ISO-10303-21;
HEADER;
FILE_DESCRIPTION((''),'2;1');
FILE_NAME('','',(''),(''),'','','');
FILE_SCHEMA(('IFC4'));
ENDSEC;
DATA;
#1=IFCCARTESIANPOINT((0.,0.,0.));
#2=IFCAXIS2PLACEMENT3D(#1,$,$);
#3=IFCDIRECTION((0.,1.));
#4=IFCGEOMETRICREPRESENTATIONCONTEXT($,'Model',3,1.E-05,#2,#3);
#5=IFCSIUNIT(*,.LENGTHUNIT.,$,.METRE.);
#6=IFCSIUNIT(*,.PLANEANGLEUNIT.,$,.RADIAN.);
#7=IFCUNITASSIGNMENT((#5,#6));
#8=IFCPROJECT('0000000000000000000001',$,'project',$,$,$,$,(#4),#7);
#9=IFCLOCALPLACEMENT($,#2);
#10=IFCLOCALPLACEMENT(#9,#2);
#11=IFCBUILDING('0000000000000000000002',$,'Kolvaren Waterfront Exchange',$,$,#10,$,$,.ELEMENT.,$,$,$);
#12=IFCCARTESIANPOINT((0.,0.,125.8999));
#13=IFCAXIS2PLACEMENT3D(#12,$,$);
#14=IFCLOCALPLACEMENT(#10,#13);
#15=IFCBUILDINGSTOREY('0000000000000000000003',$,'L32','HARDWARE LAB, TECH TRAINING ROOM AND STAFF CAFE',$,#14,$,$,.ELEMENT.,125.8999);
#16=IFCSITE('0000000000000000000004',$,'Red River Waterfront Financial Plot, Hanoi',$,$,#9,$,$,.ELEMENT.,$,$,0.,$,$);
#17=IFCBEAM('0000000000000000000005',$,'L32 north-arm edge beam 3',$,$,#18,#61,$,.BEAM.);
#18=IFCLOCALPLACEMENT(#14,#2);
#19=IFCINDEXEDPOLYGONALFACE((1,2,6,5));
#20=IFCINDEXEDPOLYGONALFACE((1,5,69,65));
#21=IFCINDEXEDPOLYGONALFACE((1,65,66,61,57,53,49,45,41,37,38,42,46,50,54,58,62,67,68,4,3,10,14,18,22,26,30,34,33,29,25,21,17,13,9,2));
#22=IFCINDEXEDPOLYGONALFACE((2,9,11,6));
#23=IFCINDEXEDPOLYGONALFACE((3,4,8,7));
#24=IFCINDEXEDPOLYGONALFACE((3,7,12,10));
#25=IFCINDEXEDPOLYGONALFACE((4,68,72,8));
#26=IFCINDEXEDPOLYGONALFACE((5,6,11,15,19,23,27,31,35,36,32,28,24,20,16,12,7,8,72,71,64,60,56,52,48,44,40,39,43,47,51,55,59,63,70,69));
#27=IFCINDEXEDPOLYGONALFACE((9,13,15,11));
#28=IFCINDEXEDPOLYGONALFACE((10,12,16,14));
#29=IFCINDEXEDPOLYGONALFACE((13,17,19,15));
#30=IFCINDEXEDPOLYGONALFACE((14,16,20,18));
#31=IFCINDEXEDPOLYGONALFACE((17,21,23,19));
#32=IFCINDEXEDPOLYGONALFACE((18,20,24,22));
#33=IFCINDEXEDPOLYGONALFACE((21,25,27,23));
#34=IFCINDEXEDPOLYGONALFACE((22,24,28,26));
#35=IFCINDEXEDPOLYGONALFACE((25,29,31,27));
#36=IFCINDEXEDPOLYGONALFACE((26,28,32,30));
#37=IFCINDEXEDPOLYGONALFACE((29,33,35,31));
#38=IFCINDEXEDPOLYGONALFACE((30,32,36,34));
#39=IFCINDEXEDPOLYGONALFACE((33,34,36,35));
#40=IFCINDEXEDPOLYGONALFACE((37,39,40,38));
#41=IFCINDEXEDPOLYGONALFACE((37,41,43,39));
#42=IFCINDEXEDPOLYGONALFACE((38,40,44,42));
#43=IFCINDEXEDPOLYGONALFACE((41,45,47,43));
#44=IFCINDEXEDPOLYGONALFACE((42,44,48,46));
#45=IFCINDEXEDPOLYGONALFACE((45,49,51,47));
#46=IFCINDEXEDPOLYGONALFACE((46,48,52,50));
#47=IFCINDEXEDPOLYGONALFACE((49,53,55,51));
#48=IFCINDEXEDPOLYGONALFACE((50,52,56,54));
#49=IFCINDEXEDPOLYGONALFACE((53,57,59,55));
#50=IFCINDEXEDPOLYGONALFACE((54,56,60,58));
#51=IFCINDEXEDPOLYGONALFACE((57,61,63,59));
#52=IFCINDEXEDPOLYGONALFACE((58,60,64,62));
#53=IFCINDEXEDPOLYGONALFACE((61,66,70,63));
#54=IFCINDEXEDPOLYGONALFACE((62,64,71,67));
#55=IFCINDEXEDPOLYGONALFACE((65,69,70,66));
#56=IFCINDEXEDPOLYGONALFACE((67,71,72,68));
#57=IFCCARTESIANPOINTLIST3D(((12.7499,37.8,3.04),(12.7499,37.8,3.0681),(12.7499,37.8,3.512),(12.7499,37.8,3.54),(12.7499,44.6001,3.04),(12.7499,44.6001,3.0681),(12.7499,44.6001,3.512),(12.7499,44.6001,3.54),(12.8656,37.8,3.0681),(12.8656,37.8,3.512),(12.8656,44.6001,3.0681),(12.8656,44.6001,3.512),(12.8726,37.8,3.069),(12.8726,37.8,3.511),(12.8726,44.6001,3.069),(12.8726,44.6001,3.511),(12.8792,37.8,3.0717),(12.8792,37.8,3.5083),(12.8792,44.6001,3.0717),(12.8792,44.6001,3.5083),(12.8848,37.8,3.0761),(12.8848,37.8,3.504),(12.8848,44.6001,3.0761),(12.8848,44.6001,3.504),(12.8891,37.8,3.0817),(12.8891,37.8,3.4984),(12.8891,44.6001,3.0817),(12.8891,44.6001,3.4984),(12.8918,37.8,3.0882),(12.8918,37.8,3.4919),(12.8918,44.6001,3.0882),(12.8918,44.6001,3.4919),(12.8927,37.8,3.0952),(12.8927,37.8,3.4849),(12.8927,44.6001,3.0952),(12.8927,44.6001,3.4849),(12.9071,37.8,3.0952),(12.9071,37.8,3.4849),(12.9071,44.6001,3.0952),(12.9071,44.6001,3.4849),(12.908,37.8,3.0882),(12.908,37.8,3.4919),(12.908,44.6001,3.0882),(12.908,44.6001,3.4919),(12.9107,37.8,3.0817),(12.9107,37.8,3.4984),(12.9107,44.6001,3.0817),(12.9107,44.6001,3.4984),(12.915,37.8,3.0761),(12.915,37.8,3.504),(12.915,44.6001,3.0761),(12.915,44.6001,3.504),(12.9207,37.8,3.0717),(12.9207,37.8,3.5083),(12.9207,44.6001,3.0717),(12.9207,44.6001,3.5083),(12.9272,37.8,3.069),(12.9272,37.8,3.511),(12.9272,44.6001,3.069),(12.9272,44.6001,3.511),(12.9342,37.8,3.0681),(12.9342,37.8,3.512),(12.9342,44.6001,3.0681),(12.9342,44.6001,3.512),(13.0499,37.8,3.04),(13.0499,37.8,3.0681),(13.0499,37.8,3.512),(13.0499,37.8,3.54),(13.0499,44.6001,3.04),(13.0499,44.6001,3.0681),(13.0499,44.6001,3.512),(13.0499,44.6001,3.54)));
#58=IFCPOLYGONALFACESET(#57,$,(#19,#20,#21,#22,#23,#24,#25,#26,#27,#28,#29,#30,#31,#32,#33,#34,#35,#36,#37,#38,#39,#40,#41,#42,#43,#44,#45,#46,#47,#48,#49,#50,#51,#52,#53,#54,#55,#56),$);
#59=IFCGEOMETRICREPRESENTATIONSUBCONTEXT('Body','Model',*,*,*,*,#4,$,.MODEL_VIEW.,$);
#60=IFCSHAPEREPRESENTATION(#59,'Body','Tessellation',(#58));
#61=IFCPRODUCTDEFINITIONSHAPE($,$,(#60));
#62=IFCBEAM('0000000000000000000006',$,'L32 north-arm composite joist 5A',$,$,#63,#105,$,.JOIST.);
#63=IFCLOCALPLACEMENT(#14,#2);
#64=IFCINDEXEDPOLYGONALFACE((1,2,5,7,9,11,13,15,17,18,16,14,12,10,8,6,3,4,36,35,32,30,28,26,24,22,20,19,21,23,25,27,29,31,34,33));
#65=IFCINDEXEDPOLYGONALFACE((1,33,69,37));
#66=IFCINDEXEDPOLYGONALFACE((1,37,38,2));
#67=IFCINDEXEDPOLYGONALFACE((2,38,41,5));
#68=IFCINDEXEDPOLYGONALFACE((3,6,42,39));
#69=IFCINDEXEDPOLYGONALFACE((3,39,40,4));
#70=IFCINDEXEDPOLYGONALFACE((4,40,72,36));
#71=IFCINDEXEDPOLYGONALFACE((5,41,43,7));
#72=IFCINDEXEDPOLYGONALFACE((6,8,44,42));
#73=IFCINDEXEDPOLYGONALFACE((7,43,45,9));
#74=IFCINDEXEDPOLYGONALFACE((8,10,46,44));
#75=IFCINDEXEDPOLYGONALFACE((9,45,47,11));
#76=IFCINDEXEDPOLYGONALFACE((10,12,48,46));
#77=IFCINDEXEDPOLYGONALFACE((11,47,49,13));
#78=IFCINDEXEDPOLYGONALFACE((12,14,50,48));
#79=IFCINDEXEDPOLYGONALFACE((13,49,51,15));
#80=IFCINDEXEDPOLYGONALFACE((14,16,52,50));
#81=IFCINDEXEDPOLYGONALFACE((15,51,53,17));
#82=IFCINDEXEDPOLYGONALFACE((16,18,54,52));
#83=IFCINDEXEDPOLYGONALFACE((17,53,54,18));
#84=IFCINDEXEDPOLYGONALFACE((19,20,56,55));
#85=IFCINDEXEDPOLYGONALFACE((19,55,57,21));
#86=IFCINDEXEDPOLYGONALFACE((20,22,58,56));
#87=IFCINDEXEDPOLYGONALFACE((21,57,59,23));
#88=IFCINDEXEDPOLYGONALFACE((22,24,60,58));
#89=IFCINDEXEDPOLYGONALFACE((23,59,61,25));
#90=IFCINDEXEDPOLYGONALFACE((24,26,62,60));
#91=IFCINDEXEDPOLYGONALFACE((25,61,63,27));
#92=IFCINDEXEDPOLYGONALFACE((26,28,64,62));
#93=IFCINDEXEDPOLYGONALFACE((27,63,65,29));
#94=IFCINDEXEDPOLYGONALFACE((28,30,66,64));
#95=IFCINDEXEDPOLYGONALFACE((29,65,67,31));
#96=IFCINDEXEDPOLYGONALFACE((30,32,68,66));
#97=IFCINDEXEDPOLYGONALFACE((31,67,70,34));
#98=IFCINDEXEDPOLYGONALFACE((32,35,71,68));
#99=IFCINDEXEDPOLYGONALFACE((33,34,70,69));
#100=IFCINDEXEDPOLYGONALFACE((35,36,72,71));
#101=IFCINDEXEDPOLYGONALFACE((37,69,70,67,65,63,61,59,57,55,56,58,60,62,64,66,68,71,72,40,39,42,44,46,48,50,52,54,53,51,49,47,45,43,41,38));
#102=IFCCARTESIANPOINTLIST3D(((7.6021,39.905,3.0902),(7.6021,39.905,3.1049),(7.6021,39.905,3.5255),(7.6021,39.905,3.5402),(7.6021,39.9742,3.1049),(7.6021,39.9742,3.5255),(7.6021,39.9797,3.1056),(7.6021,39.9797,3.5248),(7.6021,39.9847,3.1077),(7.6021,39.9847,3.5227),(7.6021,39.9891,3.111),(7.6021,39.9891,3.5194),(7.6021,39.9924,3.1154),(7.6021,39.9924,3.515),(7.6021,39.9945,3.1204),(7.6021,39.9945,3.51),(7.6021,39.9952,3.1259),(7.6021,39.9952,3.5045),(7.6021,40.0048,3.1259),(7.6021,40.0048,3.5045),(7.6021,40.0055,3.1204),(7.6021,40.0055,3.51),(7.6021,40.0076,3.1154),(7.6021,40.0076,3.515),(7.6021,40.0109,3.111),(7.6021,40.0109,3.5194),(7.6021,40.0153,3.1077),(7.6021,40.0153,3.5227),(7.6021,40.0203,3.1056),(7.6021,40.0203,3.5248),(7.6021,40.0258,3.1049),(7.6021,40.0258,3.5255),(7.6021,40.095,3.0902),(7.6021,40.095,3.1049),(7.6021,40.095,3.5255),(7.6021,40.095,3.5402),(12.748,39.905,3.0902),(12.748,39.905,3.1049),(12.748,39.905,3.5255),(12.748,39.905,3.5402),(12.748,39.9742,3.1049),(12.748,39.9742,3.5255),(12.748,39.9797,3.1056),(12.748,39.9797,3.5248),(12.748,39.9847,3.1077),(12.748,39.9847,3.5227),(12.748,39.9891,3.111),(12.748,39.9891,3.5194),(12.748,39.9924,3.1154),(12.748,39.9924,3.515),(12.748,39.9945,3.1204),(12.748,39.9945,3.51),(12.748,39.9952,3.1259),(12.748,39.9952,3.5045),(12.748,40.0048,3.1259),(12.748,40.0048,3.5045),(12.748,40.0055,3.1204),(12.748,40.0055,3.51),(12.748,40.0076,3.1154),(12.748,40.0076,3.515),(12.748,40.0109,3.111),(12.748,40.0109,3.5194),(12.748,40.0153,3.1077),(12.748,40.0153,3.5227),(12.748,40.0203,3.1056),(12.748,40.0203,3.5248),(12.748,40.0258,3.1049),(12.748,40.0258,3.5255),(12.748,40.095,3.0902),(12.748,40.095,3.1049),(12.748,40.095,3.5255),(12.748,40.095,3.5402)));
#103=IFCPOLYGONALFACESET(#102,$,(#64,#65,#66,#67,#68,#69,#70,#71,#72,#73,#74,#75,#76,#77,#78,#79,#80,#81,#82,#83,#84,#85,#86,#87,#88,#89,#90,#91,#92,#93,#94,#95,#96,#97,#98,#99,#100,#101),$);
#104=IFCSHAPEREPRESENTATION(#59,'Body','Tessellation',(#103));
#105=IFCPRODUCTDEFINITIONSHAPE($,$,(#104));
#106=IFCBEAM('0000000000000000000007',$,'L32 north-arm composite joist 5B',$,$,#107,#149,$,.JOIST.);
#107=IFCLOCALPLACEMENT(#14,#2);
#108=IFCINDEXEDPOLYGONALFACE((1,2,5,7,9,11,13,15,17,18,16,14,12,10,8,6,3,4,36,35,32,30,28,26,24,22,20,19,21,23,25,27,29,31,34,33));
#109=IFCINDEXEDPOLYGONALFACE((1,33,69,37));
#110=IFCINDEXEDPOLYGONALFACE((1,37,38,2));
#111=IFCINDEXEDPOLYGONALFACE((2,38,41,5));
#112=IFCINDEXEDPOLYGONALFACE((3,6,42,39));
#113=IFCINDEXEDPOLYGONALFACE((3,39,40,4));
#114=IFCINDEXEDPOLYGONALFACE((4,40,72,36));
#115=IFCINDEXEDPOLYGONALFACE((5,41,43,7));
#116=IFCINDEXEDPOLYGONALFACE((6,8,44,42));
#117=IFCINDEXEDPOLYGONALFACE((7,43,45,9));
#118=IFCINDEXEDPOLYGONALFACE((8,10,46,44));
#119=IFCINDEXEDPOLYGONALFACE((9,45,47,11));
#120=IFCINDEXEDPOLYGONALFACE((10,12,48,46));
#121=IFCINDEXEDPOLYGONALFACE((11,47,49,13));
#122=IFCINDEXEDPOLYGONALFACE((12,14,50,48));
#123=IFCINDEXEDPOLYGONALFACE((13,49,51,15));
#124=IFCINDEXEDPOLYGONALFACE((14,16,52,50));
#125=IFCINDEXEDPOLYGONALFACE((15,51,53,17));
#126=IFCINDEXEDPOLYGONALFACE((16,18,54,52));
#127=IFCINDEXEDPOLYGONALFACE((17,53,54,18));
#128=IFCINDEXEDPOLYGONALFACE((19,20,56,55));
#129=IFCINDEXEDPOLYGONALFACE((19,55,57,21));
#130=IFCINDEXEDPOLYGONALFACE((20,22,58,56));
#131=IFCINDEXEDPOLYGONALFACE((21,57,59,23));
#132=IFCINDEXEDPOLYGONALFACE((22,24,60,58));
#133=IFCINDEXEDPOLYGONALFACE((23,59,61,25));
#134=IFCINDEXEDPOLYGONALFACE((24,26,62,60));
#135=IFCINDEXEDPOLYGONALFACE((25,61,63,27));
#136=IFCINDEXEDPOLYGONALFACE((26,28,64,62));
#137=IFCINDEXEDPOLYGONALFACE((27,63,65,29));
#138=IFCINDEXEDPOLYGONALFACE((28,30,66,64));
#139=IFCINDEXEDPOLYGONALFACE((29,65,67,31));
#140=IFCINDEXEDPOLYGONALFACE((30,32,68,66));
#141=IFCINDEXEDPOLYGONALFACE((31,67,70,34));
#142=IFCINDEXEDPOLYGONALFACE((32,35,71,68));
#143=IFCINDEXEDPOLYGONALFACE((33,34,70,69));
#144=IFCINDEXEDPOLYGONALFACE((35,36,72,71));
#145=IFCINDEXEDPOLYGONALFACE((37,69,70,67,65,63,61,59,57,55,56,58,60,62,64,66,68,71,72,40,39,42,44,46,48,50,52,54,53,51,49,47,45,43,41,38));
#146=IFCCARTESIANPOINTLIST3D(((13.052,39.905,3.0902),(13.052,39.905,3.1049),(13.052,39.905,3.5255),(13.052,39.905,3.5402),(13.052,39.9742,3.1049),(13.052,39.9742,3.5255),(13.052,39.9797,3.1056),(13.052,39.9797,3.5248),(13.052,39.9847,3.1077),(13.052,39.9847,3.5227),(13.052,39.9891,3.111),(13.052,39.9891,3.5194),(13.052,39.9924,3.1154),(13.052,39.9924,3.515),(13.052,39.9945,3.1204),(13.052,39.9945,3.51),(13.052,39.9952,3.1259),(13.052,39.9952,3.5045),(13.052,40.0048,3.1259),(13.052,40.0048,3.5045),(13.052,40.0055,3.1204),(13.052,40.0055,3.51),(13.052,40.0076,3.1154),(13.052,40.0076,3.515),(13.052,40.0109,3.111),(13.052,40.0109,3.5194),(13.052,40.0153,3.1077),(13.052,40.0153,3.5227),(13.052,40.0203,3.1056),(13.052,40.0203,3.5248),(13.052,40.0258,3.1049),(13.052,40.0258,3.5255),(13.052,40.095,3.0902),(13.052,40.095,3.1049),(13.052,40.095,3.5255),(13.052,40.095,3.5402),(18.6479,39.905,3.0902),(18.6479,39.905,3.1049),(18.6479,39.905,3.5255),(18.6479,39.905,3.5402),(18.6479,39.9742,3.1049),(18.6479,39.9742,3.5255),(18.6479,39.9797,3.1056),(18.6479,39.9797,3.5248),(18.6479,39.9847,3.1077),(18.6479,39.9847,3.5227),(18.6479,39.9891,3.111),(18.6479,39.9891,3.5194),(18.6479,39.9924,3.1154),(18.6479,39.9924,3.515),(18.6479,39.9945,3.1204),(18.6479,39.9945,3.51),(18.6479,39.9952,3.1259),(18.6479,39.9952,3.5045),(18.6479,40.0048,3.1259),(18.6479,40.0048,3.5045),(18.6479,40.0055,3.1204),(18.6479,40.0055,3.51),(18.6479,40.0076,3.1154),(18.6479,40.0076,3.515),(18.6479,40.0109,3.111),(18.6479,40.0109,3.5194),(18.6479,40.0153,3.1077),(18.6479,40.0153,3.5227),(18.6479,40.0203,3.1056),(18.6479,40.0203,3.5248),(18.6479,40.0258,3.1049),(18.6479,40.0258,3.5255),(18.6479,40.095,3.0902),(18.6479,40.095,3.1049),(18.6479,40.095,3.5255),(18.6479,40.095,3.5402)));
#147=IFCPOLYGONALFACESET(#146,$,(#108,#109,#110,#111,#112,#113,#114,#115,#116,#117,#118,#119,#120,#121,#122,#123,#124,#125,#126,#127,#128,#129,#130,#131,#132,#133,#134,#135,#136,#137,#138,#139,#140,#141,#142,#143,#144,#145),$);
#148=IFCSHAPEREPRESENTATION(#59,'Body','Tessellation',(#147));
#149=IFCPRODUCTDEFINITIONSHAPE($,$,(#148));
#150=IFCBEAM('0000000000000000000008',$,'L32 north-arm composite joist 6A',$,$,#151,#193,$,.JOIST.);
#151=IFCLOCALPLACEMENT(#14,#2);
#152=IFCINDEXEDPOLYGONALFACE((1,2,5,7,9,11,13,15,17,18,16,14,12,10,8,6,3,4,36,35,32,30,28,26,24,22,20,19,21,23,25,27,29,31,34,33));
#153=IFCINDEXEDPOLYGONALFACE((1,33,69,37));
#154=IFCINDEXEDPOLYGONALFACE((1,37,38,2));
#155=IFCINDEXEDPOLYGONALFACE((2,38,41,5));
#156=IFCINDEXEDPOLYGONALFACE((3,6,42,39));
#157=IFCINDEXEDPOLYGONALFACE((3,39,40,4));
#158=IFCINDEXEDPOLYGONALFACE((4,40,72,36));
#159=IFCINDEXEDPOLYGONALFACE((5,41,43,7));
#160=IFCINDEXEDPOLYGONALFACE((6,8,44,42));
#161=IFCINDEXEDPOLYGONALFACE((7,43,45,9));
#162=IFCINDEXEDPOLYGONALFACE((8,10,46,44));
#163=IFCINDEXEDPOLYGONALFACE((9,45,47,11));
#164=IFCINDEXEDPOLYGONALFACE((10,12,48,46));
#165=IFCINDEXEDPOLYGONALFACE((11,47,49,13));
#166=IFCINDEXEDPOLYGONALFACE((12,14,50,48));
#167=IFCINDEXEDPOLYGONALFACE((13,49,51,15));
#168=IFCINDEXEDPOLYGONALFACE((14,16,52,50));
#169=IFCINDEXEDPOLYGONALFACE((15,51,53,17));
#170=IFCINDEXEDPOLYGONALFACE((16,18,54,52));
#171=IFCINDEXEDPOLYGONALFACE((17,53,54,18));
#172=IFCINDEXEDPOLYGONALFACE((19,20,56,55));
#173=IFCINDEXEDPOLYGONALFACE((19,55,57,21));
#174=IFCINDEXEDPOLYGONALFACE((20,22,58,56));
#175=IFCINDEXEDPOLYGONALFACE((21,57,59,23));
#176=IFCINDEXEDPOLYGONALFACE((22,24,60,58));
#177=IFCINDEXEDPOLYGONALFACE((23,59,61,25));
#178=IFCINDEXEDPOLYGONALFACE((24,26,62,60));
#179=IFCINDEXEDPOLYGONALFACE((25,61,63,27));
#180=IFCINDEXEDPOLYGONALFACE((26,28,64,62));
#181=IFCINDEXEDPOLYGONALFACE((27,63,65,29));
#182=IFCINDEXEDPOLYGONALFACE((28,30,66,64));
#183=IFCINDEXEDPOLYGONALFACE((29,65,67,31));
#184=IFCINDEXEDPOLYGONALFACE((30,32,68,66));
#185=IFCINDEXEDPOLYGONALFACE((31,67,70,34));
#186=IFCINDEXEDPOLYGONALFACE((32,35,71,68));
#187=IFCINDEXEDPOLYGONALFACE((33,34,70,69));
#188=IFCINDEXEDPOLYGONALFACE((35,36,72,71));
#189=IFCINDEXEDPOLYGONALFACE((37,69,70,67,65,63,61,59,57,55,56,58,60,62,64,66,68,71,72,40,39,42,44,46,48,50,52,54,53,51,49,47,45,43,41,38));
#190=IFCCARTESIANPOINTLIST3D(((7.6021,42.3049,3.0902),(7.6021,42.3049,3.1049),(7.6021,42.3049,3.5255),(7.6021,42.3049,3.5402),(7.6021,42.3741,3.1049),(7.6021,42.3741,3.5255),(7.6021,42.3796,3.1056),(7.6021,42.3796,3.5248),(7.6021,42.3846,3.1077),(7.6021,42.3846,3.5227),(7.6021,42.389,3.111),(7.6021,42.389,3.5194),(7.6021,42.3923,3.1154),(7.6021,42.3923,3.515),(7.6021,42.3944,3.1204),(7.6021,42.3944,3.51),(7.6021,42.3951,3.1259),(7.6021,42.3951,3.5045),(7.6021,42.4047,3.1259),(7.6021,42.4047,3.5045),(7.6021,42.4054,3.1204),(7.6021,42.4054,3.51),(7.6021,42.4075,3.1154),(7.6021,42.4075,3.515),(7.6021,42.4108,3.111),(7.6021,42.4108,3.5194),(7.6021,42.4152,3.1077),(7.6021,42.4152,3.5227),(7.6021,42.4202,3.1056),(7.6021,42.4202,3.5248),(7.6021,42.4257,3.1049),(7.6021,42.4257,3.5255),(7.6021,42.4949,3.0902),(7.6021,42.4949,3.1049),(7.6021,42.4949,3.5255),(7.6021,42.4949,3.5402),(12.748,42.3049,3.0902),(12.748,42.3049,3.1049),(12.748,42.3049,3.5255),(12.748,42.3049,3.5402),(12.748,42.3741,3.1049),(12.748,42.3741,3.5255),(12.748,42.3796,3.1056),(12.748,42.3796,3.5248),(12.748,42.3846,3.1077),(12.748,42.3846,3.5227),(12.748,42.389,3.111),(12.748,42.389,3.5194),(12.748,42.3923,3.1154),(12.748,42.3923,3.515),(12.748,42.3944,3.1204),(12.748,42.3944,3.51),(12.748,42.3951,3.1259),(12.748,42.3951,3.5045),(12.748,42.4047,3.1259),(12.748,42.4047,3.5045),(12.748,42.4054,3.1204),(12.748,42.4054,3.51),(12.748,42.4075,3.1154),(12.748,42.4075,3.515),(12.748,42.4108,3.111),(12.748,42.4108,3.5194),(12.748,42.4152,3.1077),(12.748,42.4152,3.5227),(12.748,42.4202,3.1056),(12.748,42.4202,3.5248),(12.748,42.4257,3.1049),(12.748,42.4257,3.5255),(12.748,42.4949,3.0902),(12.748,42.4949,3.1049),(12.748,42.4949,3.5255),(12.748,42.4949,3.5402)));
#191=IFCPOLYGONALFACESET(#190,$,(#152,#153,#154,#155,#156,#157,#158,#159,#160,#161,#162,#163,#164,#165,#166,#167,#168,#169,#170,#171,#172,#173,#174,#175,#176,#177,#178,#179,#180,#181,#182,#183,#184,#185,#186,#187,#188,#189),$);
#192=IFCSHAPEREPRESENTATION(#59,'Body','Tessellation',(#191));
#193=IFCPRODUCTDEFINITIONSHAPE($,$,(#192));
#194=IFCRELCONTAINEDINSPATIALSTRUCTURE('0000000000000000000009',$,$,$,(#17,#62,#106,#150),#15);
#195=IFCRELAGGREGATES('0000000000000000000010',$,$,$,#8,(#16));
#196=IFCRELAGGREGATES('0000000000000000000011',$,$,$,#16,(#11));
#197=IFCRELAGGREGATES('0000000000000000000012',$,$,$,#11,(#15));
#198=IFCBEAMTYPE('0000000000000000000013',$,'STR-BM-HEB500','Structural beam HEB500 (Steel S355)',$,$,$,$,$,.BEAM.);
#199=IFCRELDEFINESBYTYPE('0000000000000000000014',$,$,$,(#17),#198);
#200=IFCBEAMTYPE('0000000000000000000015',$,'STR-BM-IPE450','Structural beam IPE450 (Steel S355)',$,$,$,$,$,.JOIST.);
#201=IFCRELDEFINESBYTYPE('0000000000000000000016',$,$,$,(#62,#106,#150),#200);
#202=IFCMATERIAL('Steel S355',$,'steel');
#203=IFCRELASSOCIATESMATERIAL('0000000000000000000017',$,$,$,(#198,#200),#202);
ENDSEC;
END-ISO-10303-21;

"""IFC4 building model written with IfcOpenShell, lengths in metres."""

from ifc_helpers import new_model, si_unit, direction, frame, origin, origin_2d, place, context, subcontext, project, spatial, i_section, extrude, material, material_profile, profile_set, type_object, element, save


model = new_model("IFC4")

# Units and contexts
model_context = context("Model", 3, precision=1e-05, world=origin(), true_north=direction((0.0, 1.0)))
body_context = subcontext(model_context, "Body", "Model", "MODEL_VIEW")
ifc_project = project(units=[si_unit("LENGTHUNIT", "METRE"), si_unit("PLANEANGLEUNIT", "RADIAN")], contexts=[model_context])

# Site, building, storey
site_placement = place(None, origin())
site = spatial("IfcSite", under=ifc_project, at=site_placement, Name="Red River Waterfront Financial Plot, Hanoi", CompositionType="ELEMENT", RefElevation=0.0)
building_placement = place(site_placement, origin())
building = spatial("IfcBuilding", under=site, at=building_placement, Name="Kolvaren Waterfront Exchange", CompositionType="ELEMENT")
storey_placement = place(building_placement, frame((0.0, 0.0, 125.8999)))
storey = spatial("IfcBuildingStorey", under=building, at=storey_placement, Name="L32", Description="HARDWARE LAB, TECH TRAINING ROOM AND STAFF CAFE", CompositionType="ELEMENT", Elevation=125.8999)

# Beams
ifc_material_1 = material(Name="Steel S355", Category="steel")
ifc_material_profile_1 = material_profile(ifc_material_1, i_section(OverallWidth=0.3, OverallDepth=0.5, WebThickness=0.0144, FlangeThickness=0.0281, FilletRadius=0.0271, at=origin_2d()), Name="HEB500")
ifc_profile_set_1 = profile_set([ifc_material_profile_1], Name="Steel S355")
beam_type_1 = type_object("IfcBeamType", Name="STR-BM-HEB500", Description="Structural beam HEB500 (Steel S355)", PredefinedType="BEAM", material=ifc_profile_set_1)
beam_1_placement = place(storey_placement, frame((12.8999, 37.8, 3.29), z_axis=(0.0, 1.0, 0.0), x_axis=(-1.0, 0.0, 0.0)))
element("IfcBeam", 1, at=beam_1_placement, inside=storey, type_object=beam_type_1, Name="L32 north-arm edge beam 3", PredefinedType="BEAM", context=body_context, shape_type="SweptSolid", body=[
    extrude(i_section(OverallWidth=0.3, OverallDepth=0.5, WebThickness=0.0144, FlangeThickness=0.0281, FilletRadius=0.0271, at=origin_2d()), origin(), (0.0, 0.0, 1.0), 6.8),
])
ifc_material_profile_2 = material_profile(ifc_material_1, i_section(OverallWidth=0.1899, OverallDepth=0.45, WebThickness=0.0095, FlangeThickness=0.0146, FilletRadius=0.021, at=origin_2d()), Name="IPE450")
ifc_profile_set_2 = profile_set([ifc_material_profile_2], Name="Steel S355")
beam_type_2 = type_object("IfcBeamType", Name="STR-BM-IPE450", Description="Structural beam IPE450 (Steel S355)", PredefinedType="JOIST", material=ifc_profile_set_2)
beam_2_placement = place(storey_placement, frame((7.6021, 40.0, 3.3152), z_axis=(1.0, 0.0, 0.0), x_axis=(0.0, 1.0, 0.0)))
element("IfcBeam", 2, at=beam_2_placement, inside=storey, type_object=beam_type_2, Name="L32 north-arm composite joist 5A", PredefinedType="JOIST", context=body_context, shape_type="SweptSolid", body=[
    extrude(i_section(OverallWidth=0.1899, OverallDepth=0.45, WebThickness=0.0095, FlangeThickness=0.0146, FilletRadius=0.021, at=origin_2d()), origin(), (0.0, 0.0, 1.0), 5.146),
])
beam_3_placement = place(storey_placement, frame((13.052, 40.0, 3.3152), z_axis=(1.0, 0.0, 0.0), x_axis=(0.0, 1.0, 0.0)))
element("IfcBeam", 3, at=beam_3_placement, inside=storey, type_object=beam_type_2, Name="L32 north-arm composite joist 5B", PredefinedType="JOIST", context=body_context, shape_type="SweptSolid", body=[
    extrude(i_section(OverallWidth=0.1899, OverallDepth=0.45, WebThickness=0.0095, FlangeThickness=0.0146, FilletRadius=0.021, at=origin_2d()), origin(), (0.0, 0.0, 1.0), 5.5959),
])
beam_4_placement = place(storey_placement, frame((7.6021, 42.3999, 3.3152), z_axis=(1.0, 0.0, 0.0), x_axis=(0.0, 1.0, 0.0)))
element("IfcBeam", 4, at=beam_4_placement, inside=storey, type_object=beam_type_2, Name="L32 north-arm composite joist 6A", PredefinedType="JOIST", context=body_context, shape_type="SweptSolid", body=[
    extrude(i_section(OverallWidth=0.1899, OverallDepth=0.45, WebThickness=0.0095, FlangeThickness=0.0146, FilletRadius=0.021, at=origin_2d()), origin(), (0.0, 0.0, 1.0), 5.146),
])

save(model, "model.ifc")
